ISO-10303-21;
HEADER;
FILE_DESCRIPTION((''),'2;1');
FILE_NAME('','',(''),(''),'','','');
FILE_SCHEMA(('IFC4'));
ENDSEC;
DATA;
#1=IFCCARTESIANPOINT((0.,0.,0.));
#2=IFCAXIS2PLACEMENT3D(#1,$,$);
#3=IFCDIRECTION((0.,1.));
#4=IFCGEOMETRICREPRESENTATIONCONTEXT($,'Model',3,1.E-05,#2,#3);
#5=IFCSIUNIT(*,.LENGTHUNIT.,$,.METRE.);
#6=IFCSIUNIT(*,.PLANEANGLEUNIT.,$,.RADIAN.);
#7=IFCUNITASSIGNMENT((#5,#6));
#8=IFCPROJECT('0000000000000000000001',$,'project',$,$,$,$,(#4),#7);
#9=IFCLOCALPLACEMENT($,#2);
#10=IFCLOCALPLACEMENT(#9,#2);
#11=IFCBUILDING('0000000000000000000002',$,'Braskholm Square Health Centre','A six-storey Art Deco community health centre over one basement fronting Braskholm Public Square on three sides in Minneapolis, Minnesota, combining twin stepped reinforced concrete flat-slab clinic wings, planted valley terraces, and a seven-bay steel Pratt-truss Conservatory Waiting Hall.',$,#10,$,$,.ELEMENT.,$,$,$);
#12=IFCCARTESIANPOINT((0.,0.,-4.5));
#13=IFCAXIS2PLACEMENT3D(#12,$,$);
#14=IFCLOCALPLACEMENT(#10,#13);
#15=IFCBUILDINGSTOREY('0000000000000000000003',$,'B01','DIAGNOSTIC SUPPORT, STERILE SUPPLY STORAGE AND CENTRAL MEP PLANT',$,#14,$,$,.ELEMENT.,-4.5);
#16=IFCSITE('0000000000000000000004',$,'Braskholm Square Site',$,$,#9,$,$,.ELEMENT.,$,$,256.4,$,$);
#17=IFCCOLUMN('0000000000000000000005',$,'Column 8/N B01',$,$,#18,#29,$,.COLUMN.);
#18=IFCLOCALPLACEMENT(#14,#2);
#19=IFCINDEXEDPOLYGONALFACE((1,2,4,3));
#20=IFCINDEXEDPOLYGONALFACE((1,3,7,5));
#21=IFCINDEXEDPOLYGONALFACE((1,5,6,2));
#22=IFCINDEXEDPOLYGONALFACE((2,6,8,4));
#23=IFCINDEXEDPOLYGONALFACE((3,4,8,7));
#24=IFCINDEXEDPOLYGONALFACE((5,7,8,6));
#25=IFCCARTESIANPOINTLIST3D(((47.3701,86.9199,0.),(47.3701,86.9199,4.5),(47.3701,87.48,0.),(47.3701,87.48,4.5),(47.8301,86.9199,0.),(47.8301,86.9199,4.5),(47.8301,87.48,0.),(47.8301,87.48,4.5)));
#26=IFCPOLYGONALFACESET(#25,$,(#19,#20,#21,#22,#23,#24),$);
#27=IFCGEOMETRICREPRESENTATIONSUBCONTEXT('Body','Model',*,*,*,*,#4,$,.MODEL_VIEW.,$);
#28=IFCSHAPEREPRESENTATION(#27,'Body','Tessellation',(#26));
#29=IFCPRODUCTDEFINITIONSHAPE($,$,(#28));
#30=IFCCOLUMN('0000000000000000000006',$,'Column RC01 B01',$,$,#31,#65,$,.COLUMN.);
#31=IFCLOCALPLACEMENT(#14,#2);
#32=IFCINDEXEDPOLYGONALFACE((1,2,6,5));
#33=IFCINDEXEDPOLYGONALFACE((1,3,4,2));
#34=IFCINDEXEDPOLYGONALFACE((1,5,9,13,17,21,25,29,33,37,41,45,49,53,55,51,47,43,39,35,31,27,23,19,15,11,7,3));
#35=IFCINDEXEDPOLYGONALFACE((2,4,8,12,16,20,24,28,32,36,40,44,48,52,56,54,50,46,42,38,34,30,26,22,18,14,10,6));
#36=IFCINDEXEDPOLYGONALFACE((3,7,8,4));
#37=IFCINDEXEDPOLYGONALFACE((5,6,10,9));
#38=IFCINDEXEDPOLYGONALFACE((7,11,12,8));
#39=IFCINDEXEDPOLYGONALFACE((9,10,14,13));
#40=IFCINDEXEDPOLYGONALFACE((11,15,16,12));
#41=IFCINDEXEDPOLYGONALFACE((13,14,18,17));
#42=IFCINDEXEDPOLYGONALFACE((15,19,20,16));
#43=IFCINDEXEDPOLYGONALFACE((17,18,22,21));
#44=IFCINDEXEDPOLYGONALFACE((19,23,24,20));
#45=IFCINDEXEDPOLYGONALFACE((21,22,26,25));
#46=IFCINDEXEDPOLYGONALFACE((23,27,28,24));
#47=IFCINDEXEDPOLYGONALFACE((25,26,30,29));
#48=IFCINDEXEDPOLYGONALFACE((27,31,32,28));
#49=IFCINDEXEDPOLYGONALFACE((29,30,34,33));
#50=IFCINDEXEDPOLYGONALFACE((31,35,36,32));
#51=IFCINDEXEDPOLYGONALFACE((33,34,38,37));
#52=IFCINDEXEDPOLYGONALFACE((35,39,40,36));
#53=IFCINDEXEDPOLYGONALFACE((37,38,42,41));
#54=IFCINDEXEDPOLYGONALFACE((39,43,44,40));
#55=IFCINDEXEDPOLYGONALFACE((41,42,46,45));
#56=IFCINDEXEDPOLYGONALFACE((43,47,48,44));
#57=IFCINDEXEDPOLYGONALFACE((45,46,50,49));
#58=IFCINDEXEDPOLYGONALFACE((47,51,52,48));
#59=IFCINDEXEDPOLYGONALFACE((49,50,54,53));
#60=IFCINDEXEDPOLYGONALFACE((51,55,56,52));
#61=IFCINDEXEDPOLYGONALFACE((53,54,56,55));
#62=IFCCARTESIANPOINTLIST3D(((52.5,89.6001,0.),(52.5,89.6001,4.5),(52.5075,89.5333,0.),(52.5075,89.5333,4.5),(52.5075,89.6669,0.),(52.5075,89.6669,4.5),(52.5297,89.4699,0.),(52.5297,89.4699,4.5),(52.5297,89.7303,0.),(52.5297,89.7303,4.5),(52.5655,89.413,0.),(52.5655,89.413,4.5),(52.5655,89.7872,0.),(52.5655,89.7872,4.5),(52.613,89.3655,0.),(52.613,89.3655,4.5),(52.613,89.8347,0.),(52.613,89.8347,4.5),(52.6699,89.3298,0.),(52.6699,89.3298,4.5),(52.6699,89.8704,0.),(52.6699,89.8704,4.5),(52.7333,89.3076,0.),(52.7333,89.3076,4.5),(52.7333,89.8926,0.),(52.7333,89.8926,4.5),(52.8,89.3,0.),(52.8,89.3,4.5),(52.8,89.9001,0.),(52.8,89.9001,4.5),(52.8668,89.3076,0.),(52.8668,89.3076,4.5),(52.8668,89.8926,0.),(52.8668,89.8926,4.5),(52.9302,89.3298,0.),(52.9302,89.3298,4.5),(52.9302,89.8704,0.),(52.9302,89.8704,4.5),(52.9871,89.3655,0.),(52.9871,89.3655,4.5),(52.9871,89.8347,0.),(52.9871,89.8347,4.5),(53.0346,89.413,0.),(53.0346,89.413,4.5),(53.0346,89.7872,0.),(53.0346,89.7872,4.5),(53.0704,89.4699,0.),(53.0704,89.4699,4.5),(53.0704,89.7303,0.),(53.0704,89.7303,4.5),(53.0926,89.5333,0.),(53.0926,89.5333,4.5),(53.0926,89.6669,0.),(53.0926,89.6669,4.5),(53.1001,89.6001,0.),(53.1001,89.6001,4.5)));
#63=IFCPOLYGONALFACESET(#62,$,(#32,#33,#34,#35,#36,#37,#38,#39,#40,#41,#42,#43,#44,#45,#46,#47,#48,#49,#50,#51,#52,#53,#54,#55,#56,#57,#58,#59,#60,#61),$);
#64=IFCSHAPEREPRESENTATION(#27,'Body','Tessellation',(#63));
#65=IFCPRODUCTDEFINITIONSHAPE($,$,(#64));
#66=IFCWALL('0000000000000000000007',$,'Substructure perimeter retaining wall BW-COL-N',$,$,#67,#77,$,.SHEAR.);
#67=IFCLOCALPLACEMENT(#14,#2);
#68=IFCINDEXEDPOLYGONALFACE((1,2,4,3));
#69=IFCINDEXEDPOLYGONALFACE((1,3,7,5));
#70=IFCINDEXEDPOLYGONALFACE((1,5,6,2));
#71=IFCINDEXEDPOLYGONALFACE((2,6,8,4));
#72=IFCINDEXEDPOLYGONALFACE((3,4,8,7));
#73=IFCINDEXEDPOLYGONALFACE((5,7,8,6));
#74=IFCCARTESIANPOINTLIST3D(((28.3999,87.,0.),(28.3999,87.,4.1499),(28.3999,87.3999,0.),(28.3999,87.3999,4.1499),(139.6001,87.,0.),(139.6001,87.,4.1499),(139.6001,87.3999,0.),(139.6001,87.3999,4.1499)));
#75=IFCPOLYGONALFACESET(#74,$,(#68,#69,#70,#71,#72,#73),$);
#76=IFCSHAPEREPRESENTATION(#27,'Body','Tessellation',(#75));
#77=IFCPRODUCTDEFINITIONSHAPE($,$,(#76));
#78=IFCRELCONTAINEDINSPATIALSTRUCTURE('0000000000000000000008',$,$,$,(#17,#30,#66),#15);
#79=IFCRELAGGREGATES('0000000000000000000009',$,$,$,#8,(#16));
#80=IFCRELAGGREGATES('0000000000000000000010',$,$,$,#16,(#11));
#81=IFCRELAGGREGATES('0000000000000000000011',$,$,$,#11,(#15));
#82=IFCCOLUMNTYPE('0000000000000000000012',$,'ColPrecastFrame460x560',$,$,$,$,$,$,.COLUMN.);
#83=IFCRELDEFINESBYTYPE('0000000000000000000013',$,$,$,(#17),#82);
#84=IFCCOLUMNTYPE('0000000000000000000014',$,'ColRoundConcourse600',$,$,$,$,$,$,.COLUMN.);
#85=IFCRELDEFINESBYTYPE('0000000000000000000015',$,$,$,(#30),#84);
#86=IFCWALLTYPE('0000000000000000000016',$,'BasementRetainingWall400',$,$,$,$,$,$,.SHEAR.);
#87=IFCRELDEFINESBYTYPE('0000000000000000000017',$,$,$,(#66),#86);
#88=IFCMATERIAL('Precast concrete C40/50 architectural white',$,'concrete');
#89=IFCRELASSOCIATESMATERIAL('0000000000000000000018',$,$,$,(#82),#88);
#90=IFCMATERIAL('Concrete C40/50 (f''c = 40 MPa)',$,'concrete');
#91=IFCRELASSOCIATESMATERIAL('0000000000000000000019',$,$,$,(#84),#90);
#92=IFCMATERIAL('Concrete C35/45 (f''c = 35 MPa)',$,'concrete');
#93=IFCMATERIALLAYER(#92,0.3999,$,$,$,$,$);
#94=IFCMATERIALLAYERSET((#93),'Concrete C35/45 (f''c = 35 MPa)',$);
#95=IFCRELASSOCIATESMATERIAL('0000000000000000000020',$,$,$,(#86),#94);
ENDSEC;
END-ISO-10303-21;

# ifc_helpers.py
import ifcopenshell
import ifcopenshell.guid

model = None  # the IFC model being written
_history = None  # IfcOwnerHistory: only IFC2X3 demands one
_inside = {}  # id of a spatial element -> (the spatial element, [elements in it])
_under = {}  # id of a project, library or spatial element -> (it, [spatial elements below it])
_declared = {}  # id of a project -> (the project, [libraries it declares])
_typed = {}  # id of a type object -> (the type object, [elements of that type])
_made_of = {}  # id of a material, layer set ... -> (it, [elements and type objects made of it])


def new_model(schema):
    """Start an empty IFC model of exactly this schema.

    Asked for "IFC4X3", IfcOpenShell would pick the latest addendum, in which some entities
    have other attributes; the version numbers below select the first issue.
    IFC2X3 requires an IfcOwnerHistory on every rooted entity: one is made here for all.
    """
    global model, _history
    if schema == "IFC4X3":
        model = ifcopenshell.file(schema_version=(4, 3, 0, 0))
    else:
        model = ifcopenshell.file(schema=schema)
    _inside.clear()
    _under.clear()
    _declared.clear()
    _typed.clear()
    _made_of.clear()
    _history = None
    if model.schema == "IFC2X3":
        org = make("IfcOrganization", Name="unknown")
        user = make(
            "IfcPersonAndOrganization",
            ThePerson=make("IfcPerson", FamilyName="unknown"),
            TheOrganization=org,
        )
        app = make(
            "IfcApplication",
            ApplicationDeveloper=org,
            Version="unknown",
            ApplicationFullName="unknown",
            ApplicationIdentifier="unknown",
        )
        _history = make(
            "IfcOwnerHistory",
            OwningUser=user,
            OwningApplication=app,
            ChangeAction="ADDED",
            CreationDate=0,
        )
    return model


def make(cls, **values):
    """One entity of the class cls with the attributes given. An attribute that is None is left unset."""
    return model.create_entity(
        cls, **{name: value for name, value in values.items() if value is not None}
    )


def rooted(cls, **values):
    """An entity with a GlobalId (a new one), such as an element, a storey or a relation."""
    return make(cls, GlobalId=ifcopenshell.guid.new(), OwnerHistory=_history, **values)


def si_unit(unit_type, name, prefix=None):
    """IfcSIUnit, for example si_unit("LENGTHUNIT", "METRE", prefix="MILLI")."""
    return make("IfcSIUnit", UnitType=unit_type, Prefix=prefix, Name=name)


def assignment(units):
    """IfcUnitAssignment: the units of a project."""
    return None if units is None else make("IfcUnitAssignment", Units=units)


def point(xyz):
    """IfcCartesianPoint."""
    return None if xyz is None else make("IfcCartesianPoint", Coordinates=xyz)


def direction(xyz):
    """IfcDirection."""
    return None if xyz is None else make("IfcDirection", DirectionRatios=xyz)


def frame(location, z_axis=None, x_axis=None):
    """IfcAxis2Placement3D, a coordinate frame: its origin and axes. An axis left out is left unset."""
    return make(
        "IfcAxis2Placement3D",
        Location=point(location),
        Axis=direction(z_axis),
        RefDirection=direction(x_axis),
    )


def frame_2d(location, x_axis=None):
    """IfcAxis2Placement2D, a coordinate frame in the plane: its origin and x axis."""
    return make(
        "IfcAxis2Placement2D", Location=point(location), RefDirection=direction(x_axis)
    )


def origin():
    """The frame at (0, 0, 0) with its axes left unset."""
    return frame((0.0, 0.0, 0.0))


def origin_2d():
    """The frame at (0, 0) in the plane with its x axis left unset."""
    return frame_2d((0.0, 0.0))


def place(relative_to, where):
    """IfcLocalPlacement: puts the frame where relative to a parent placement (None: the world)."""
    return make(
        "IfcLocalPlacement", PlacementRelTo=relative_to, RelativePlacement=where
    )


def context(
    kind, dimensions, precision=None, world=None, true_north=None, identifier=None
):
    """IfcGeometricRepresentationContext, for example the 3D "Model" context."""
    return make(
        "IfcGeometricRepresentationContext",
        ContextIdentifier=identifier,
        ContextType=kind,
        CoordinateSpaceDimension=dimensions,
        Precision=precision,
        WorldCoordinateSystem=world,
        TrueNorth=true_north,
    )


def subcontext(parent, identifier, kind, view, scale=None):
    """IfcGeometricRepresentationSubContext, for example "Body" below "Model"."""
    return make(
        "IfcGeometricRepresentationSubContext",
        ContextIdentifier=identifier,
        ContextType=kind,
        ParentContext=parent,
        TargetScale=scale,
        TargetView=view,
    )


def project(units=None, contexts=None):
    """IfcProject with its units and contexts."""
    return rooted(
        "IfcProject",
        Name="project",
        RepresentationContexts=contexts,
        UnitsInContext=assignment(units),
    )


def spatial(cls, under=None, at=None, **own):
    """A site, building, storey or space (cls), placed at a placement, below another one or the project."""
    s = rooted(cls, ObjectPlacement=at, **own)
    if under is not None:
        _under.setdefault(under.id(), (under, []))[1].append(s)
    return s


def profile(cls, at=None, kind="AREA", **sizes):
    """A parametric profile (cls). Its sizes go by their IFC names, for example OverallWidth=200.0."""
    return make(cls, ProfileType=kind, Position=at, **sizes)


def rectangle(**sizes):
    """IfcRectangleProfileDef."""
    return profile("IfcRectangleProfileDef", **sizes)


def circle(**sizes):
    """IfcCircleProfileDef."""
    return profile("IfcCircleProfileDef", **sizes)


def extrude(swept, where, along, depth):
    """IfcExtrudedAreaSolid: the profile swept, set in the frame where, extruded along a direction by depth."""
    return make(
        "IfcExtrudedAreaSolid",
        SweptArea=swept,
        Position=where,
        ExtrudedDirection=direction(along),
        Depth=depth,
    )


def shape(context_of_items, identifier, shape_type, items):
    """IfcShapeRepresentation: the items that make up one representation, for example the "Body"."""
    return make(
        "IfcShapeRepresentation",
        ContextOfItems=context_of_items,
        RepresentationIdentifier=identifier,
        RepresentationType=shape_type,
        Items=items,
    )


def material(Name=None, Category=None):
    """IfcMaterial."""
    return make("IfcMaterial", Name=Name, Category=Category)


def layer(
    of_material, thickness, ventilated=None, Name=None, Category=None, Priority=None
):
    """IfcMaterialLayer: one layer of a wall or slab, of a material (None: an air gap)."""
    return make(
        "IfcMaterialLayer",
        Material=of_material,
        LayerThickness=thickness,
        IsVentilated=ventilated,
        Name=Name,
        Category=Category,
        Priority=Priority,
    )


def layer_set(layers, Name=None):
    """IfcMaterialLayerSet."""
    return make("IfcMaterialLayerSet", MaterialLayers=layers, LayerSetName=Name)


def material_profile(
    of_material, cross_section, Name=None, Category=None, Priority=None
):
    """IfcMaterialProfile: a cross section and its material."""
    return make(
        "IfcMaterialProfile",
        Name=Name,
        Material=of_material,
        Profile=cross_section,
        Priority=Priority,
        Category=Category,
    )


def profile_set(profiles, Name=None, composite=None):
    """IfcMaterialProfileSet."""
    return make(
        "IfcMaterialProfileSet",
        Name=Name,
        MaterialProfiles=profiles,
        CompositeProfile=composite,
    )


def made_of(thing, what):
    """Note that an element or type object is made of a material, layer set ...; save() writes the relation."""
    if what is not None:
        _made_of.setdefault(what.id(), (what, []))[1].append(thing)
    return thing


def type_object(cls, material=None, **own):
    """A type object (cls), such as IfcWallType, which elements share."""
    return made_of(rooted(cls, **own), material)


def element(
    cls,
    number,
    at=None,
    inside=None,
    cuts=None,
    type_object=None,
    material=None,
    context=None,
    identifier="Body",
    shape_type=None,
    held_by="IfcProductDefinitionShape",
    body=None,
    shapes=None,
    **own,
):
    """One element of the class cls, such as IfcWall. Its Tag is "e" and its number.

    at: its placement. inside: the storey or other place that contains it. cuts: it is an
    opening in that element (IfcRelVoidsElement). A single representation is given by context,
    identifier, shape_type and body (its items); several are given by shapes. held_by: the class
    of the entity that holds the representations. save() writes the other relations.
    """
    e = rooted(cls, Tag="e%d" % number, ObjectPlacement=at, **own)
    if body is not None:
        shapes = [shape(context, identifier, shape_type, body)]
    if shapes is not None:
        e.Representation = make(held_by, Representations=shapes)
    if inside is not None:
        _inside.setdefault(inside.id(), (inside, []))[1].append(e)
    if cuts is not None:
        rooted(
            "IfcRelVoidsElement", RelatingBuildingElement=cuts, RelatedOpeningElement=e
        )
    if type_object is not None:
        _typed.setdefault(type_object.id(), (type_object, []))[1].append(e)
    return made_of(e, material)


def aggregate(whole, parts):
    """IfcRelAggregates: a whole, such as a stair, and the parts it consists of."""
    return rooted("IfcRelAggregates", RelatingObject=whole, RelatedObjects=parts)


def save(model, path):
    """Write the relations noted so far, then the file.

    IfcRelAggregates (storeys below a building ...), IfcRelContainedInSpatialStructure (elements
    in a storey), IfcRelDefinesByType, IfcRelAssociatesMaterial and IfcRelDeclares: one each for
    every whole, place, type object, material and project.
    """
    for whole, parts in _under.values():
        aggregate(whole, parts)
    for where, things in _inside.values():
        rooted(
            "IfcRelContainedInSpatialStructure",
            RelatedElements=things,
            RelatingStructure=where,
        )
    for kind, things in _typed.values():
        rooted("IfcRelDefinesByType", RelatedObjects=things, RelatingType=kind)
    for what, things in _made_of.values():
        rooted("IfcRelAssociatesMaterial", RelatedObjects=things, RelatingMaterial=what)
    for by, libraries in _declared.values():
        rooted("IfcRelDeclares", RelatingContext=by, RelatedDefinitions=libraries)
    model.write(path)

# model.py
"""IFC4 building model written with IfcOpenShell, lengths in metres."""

from ifc_helpers import new_model, si_unit, direction, frame, frame_2d, origin, origin_2d, place, context, subcontext, project, spatial, rectangle, circle, extrude, material, layer, layer_set, material_profile, profile_set, type_object, element, save


model = new_model("IFC4")

# Units and contexts
model_context = context("Model", 3, precision=1e-05, world=origin(), true_north=direction((0.0, 1.0)))
body_context = subcontext(model_context, "Body", "Model", "MODEL_VIEW")
ifc_project = project(units=[si_unit("LENGTHUNIT", "METRE"), si_unit("PLANEANGLEUNIT", "RADIAN")], contexts=[model_context])

# Site, building, storey
site_placement = place(None, origin())
site = spatial("IfcSite", under=ifc_project, at=site_placement, Name="Braskholm Square Site", CompositionType="ELEMENT", RefElevation=256.4)
building_placement = place(site_placement, origin())
building = spatial("IfcBuilding", under=site, at=building_placement, Name="Braskholm Square Health Centre", Description="A six-storey Art Deco community health centre over one basement fronting Braskholm Public Square on three sides in Minneapolis, Minnesota, combining twin stepped reinforced concrete flat-slab clinic wings, planted valley terraces, and a seven-bay steel Pratt-truss Conservatory Waiting Hall.", CompositionType="ELEMENT")
storey_placement = place(building_placement, frame((0.0, 0.0, -4.5)))
storey = spatial("IfcBuildingStorey", under=building, at=storey_placement, Name="B01", Description="DIAGNOSTIC SUPPORT, STERILE SUPPLY STORAGE AND CENTRAL MEP PLANT", CompositionType="ELEMENT", Elevation=-4.5)

# Shared definitions
ifc_material_1 = material(Name="Concrete C40/50 (f'c = 40 MPa)", Category="concrete")

# Columns
ifc_material_2 = material(Name="Precast concrete C40/50 architectural white", Category="concrete")
ifc_material_profile_1 = material_profile(ifc_material_2, rectangle(XDim=0.46, YDim=0.5601, at=origin_2d()), Name="RC-460X560")
ifc_profile_set_1 = profile_set([ifc_material_profile_1], Name="Precast concrete C40/50 architectural white")
column_type_1 = type_object("IfcColumnType", Name="ColPrecastFrame460x560", PredefinedType="COLUMN", material=ifc_profile_set_1)
for number, where, z_axis, x_axis, name in (
    (1, (47.6001, 87.2, 0.0), (0.0, 0.0, 1.0), (1.0, 0.0, 0.0), "Column 8/N B01"),
):
    element("IfcColumn", number, at=place(storey_placement, frame(where, z_axis=z_axis, x_axis=x_axis)), inside=storey, type_object=column_type_1, Name=name, PredefinedType="COLUMN", context=body_context, shape_type="SweptSolid", body=[
        extrude(rectangle(XDim=0.46, YDim=0.5601, at=origin_2d()), origin(), (0.0, 0.0, 1.0), 4.5),
    ])
ifc_material_profile_2 = material_profile(ifc_material_1, circle(Radius=0.3, at=origin_2d()), Name="RC-RND-600")
ifc_profile_set_2 = profile_set([ifc_material_profile_2], Name="Concrete C40/50 (f'c = 40 MPa)")
column_type_2 = type_object("IfcColumnType", Name="ColRoundConcourse600", PredefinedType="COLUMN", material=ifc_profile_set_2)
column_placement = place(storey_placement, frame((52.8, 89.6001, 0.0), z_axis=(0.0, 0.0, 1.0), x_axis=(1.0, 0.0, 0.0)))
element("IfcColumn", 2, at=column_placement, inside=storey, type_object=column_type_2, Name="Column RC01 B01", PredefinedType="COLUMN", context=body_context, shape_type="SweptSolid", body=[
    extrude(circle(Radius=0.3, at=origin_2d()), origin(), (0.0, 0.0, 1.0), 4.5),
])

# Wall
ifc_material_3 = material(Name="Concrete C35/45 (f'c = 35 MPa)", Category="concrete")
ifc_layer = layer(ifc_material_3, 0.3999)
ifc_layer_set = layer_set([ifc_layer], Name="Concrete C35/45 (f'c = 35 MPa)")
wall_type = type_object("IfcWallType", Name="BasementRetainingWall400", PredefinedType="SHEAR", material=ifc_layer_set)
wall_placement = place(storey_placement, frame((28.3999, 87.2, 0.0), z_axis=(0.0, 0.0, 1.0), x_axis=(1.0, 0.0, 0.0)))
element("IfcWall", 3, at=wall_placement, inside=storey, type_object=wall_type, Name="Substructure perimeter retaining wall BW-COL-N", PredefinedType="SHEAR", context=body_context, shape_type="SweptSolid", body=[
    extrude(rectangle(XDim=111.2002, YDim=0.3999, at=frame_2d((55.6001, 0.0))), origin(), (0.0, 0.0, 1.0), 4.1499),
])

save(model, "model.ifc")
